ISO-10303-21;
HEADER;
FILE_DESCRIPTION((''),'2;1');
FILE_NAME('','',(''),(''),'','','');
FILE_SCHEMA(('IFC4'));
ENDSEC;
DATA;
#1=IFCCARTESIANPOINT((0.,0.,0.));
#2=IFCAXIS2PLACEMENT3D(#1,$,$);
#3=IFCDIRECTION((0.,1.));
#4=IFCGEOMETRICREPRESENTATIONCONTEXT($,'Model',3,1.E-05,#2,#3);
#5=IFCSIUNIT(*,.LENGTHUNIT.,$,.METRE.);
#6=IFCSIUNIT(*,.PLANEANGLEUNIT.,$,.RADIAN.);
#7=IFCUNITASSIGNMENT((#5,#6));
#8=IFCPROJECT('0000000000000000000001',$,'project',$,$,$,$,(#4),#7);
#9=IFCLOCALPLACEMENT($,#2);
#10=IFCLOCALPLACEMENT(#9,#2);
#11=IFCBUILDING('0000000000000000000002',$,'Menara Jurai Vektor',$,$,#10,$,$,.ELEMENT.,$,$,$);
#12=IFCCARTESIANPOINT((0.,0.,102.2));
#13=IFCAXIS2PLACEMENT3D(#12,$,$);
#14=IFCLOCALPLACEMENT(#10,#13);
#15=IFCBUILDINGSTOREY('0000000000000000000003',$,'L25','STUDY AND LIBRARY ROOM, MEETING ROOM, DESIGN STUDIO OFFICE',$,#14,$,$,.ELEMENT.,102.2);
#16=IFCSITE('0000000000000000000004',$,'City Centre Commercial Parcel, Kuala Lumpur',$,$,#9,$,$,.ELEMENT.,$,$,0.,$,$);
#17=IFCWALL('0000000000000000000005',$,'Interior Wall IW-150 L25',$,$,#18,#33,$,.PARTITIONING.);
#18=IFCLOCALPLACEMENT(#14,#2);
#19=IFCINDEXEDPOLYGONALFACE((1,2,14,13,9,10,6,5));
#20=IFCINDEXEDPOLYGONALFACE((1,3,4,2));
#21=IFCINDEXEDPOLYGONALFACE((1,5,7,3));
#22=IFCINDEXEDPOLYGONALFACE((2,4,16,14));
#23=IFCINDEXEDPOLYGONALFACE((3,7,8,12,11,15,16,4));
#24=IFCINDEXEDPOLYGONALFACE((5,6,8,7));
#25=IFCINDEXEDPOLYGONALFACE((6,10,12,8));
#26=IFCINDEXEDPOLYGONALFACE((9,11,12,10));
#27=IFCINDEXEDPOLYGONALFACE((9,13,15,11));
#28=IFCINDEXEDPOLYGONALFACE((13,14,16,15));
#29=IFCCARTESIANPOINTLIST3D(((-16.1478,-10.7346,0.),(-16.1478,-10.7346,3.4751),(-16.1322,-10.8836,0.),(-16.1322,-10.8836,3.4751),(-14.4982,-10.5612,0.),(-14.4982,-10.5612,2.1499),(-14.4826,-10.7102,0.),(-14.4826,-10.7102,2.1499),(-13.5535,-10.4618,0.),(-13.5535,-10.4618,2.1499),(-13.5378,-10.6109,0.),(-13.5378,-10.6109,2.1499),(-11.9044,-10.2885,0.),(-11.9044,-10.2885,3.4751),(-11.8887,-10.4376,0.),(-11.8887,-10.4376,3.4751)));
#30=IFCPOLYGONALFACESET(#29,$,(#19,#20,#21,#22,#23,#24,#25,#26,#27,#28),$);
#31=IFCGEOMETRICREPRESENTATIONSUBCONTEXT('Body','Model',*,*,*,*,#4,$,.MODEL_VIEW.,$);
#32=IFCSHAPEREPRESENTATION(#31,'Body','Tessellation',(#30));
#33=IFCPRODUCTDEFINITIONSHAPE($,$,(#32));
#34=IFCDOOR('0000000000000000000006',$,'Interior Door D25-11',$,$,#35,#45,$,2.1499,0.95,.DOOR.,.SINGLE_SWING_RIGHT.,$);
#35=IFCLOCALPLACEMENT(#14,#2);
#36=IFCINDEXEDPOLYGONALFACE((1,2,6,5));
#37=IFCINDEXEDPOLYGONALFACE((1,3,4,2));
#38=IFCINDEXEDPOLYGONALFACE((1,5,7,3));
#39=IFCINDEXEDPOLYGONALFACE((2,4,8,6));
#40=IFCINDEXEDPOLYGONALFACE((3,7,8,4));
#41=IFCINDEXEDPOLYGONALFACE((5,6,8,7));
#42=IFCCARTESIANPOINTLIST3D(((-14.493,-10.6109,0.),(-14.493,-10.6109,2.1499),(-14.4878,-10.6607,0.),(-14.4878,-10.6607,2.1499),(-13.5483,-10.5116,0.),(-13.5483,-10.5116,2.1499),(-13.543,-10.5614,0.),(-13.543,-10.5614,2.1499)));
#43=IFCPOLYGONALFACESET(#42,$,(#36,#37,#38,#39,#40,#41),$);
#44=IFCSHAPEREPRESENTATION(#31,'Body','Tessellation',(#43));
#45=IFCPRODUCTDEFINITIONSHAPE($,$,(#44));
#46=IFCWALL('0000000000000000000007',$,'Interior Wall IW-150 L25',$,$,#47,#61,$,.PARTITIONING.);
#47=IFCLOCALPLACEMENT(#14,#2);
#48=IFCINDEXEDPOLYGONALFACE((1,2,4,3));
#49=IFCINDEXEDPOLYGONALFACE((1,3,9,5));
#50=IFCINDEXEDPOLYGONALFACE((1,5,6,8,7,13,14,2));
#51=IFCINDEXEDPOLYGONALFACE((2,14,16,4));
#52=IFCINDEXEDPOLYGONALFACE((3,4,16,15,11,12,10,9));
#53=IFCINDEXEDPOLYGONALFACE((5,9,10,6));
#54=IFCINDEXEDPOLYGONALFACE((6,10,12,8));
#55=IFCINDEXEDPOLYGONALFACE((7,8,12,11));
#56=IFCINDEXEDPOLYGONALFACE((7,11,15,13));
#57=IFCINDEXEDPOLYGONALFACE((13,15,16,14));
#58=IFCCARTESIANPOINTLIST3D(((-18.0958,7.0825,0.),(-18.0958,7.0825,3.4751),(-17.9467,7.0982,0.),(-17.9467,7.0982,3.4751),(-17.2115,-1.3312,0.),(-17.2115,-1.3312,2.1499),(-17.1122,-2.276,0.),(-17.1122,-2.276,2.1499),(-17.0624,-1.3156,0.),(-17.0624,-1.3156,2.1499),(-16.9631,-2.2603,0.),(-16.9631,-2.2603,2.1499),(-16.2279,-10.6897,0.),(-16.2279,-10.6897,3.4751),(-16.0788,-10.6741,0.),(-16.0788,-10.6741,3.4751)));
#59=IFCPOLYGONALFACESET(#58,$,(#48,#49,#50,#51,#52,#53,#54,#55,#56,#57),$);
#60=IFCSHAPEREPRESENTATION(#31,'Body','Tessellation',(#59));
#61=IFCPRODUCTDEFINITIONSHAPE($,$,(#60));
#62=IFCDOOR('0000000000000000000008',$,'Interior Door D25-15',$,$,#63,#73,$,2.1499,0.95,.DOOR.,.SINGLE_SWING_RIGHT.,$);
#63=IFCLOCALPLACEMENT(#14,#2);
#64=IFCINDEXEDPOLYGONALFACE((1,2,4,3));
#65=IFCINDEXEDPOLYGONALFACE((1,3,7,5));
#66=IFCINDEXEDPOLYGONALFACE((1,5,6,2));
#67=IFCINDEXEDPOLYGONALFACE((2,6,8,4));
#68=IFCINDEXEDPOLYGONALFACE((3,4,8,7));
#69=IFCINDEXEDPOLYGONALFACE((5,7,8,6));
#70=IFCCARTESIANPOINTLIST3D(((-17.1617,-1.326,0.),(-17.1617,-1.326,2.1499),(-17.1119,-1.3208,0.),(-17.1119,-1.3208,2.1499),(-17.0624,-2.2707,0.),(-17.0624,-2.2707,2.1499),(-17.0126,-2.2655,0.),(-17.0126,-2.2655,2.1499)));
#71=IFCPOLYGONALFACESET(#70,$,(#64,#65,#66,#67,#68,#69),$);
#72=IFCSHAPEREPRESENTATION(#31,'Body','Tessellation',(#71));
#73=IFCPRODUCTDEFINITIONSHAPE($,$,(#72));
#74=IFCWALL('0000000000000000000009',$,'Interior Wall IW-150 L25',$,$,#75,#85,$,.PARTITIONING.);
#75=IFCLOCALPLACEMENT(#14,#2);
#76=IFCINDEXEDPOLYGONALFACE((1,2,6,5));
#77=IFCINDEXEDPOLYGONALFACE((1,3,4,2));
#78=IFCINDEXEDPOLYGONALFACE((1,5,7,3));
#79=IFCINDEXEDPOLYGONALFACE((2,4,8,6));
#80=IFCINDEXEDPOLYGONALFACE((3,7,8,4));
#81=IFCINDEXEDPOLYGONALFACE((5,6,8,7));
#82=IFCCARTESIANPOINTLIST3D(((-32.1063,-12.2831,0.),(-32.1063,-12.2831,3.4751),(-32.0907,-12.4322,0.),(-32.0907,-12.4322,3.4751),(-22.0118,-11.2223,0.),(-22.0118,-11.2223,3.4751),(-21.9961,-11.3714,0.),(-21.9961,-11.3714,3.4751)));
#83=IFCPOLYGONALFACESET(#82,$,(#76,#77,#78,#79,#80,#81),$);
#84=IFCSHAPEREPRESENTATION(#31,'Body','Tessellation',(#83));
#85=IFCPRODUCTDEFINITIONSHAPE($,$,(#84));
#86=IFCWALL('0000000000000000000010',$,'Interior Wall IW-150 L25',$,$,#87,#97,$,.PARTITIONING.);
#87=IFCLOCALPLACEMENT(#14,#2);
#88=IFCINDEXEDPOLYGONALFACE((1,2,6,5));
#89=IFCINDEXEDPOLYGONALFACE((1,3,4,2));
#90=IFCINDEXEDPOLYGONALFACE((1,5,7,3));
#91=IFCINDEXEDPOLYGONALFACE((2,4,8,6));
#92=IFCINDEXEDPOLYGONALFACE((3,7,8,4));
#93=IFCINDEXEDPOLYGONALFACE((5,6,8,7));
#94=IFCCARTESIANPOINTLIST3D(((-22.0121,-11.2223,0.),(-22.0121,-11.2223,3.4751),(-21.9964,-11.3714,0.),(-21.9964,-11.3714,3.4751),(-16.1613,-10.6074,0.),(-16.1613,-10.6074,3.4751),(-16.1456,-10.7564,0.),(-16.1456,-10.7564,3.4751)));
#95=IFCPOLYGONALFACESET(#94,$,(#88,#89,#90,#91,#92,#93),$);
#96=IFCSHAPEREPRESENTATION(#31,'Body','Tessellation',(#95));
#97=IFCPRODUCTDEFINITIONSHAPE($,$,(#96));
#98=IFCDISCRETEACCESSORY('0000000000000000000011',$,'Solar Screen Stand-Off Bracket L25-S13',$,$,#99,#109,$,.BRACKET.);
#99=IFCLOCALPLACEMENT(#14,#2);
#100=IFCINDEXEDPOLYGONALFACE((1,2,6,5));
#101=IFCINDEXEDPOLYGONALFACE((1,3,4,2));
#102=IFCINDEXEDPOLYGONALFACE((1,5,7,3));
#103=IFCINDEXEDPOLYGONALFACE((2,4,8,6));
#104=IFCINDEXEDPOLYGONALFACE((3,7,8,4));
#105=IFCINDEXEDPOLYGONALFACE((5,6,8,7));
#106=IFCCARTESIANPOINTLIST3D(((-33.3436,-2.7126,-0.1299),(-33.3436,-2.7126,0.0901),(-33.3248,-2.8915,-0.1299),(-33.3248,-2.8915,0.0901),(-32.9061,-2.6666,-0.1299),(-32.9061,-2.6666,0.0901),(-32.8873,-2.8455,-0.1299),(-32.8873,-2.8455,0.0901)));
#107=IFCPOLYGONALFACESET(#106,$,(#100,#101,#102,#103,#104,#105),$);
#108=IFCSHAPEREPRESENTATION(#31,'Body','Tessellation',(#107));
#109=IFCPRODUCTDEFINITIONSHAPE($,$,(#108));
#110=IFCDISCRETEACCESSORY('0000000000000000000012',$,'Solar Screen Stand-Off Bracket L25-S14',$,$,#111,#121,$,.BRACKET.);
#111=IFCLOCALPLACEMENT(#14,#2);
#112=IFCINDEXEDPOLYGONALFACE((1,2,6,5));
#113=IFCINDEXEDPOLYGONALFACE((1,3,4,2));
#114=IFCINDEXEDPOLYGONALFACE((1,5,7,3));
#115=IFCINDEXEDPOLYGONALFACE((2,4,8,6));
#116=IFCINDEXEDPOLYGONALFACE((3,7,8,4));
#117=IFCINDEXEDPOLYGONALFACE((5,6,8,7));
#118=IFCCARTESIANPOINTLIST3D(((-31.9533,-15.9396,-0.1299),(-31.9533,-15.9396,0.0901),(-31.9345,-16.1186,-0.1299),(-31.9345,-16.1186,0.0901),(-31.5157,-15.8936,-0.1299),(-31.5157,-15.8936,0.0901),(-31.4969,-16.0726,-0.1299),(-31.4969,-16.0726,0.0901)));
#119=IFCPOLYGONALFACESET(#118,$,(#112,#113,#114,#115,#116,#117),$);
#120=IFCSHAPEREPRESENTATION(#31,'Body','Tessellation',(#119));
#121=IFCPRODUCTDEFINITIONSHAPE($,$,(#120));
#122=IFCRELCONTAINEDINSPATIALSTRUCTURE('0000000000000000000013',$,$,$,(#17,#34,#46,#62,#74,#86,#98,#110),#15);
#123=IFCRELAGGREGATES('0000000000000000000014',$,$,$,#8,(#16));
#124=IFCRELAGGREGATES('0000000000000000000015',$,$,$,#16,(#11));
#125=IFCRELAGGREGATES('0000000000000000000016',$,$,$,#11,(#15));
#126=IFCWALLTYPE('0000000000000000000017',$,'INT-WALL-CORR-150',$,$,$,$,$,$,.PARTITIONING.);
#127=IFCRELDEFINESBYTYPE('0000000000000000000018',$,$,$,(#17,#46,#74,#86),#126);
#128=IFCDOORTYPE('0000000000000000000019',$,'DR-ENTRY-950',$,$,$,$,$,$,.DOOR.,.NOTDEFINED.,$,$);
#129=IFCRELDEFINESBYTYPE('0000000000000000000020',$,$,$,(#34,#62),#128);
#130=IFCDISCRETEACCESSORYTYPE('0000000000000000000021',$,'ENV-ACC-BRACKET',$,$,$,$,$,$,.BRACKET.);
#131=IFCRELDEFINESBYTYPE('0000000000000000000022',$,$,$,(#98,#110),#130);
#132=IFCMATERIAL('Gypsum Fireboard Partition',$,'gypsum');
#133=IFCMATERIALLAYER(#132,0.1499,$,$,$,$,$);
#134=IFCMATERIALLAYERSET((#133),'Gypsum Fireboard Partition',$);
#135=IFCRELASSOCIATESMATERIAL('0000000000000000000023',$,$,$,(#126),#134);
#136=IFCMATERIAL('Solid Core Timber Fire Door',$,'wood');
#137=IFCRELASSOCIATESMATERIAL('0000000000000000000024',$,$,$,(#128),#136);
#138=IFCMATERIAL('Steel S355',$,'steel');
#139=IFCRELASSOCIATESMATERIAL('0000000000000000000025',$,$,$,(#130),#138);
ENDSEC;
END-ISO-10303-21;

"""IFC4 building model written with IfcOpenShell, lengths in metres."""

from ifc_helpers import new_model, si_unit, direction, frame, frame_2d, origin, origin_2d, place, context, subcontext, project, spatial, rectangle, extrude, material, layer, layer_set, type_object, element, fill, save


model = new_model("IFC4")

# Units and contexts
model_context = context("Model", 3, precision=1e-05, world=origin(), true_north=direction((0.0, 1.0)))
body_context = subcontext(model_context, "Body", "Model", "MODEL_VIEW")
ifc_project = project(units=[si_unit("LENGTHUNIT", "METRE"), si_unit("PLANEANGLEUNIT", "RADIAN")], contexts=[model_context])

# Site, building, storey
site_placement = place(None, origin())
site = spatial("IfcSite", under=ifc_project, at=site_placement, Name="City Centre Commercial Parcel, Kuala Lumpur", CompositionType="ELEMENT", RefElevation=0.0)
building_placement = place(site_placement, origin())
building = spatial("IfcBuilding", under=site, at=building_placement, Name="Menara Jurai Vektor", CompositionType="ELEMENT")
storey_placement = place(building_placement, frame((0.0, 0.0, 102.2)))
storey = spatial("IfcBuildingStorey", under=building, at=storey_placement, Name="L25", Description="STUDY AND LIBRARY ROOM, MEETING ROOM, DESIGN STUDIO OFFICE", CompositionType="ELEMENT", Elevation=102.2)

# Shared definitions
ifc_material_1 = material(Name="Steel S355", Category="steel")

# Walls, openings, doors
ifc_material_2 = material(Name="Gypsum Fireboard Partition", Category="gypsum")
ifc_layer_1 = layer(ifc_material_2, 0.1499)
ifc_layer_set_1 = layer_set([ifc_layer_1], Name="Gypsum Fireboard Partition")
wall_type = type_object("IfcWallType", Name="INT-WALL-CORR-150", PredefinedType="PARTITIONING", material=ifc_layer_set_1)
wall_1_placement = place(storey_placement, frame((-16.1399, -10.8091, 0.0), z_axis=(0.0, 0.0, 1.0), x_axis=(0.994521, 0.104539, 0.0)))
wall_1 = element("IfcWall", 1, at=wall_1_placement, inside=storey, type_object=wall_type, Name="Interior Wall IW-150 L25", PredefinedType="PARTITIONING", context=body_context, shape_type="SweptSolid", body=[
    extrude(rectangle(XDim=4.2668, YDim=0.1499, at=frame_2d((2.1333, 0.0))), origin(), (0.0, 0.0, 1.0), 3.4751),
])
opening_1_placement = place(wall_1_placement, frame((1.6584, 0.0, 0.0)))
opening_1 = element("IfcOpeningElement", 2, at=opening_1_placement, cuts=wall_1, PredefinedType="OPENING", context=body_context, shape_type="SweptSolid", body=[
    extrude(rectangle(XDim=0.95, YDim=2.1499, at=frame_2d((0.4751, 1.075))), frame((0.0, 0.085, 0.0), z_axis=(0.0, -1.0, 0.0), x_axis=(1.0, 0.0, 0.0)), (0.0, 0.0, 1.0), 0.1699),
])
ifc_material_3 = material(Name="Solid Core Timber Fire Door", Category="wood")
door_type = type_object("IfcDoorType", Name="DR-ENTRY-950", OperationType="NOTDEFINED", PredefinedType="DOOR", material=ifc_material_3)
door_1_placement = place(opening_1_placement, origin())
door_1 = element("IfcDoor", 3, at=door_1_placement, inside=storey, type_object=door_type, Name="Interior Door D25-11", OperationType="SINGLE_SWING_RIGHT", OverallHeight=2.1499, OverallWidth=0.95, PredefinedType="DOOR", context=body_context, shape_type="SweptSolid", body=[
    extrude(rectangle(XDim=0.95, YDim=2.1499, at=frame_2d((0.4751, 1.075))), frame((0.0, 0.0249, 0.0), z_axis=(0.0, -1.0, 0.0), x_axis=(1.0, 0.0, 0.0)), (0.0, 0.0, 1.0), 0.05),
])
fill(opening_1, door_1)
wall_2_placement = place(storey_placement, frame((-16.1533, -10.6819, 0.0), z_axis=(0.0, 0.0, 1.0), x_axis=(-0.104528, 0.994522, 0.0)))
wall_2 = element("IfcWall", 4, at=wall_2_placement, inside=storey, type_object=wall_type, Name="Interior Wall IW-150 L25", PredefinedType="PARTITIONING", context=body_context, shape_type="SweptSolid", body=[
    extrude(rectangle(XDim=17.8701, YDim=0.1499, at=frame_2d((8.9351, 0.0))), origin(), (0.0, 0.0, 1.0), 3.4751),
])
opening_2_placement = place(wall_2_placement, frame((8.46, 0.0, 0.0)))
opening_2 = element("IfcOpeningElement", 5, at=opening_2_placement, cuts=wall_2, PredefinedType="OPENING", context=body_context, shape_type="SweptSolid", body=[
    extrude(rectangle(XDim=0.95, YDim=2.1499, at=frame_2d((0.4751, 1.075))), frame((0.0, 0.085, 0.0), z_axis=(0.0, -1.0, 0.0), x_axis=(1.0, 0.0, 0.0)), (0.0, 0.0, 1.0), 0.1699),
])
door_2_placement = place(opening_2_placement, origin())
door_2 = element("IfcDoor", 6, at=door_2_placement, inside=storey, type_object=door_type, Name="Interior Door D25-15", OperationType="SINGLE_SWING_RIGHT", OverallHeight=2.1499, OverallWidth=0.95, PredefinedType="DOOR", context=body_context, shape_type="SweptSolid", body=[
    extrude(rectangle(XDim=0.95, YDim=2.1499, at=frame_2d((0.4751, 1.075))), frame((0.0, 0.0249, 0.0), z_axis=(0.0, -1.0, 0.0), x_axis=(1.0, 0.0, 0.0)), (0.0, 0.0, 1.0), 0.05),
])
fill(opening_2, door_2)

# Walls
wall_3_placement = place(storey_placement, frame((-32.0986, -12.3577, 0.0), z_axis=(0.0, 0.0, 1.0), x_axis=(0.994524, 0.104511, 0.0)))
element("IfcWall", 7, at=wall_3_placement, inside=storey, type_object=wall_type, Name="Interior Wall IW-150 L25", PredefinedType="PARTITIONING", context=body_context, shape_type="SweptSolid", body=[
    extrude(rectangle(XDim=10.1501, YDim=0.1499, at=frame_2d((5.0752, 0.0))), origin(), (0.0, 0.0, 1.0), 3.4751),
])
wall_4_placement = place(storey_placement, frame((-22.0042, -11.2969, 0.0), z_axis=(0.0, 0.0, 1.0), x_axis=(0.994521, 0.104536, 0.0)))
element("IfcWall", 8, at=wall_4_placement, inside=storey, type_object=wall_type, Name="Interior Wall IW-150 L25", PredefinedType="PARTITIONING", context=body_context, shape_type="SweptSolid", body=[
    extrude(rectangle(XDim=5.8831, YDim=0.1499, at=frame_2d((2.9414, 0.0))), origin(), (0.0, 0.0, 1.0), 3.4751),
])

# Discrete accessories
discrete_accessory_type = type_object("IfcDiscreteAccessoryType", Name="ENV-ACC-BRACKET", PredefinedType="BRACKET", material=ifc_material_1)
for number, where, z_axis, x_axis, name in (
    (9, (-33.1155, -2.7791, -0.1299), (0.0, 0.0, 1.0), (0.104528, -0.994522, 0.0), "Solar Screen Stand-Off Bracket L25-S13"),
    (10, (-31.7251, -16.0061, -0.1299), (0.0, 0.0, 1.0), (0.104528, -0.994522, 0.0), "Solar Screen Stand-Off Bracket L25-S14"),
):
    element("IfcDiscreteAccessory", number, at=place(storey_placement, frame(where, z_axis=z_axis, x_axis=x_axis)), inside=storey, type_object=discrete_accessory_type, Name=name, PredefinedType="BRACKET", context=body_context, shape_type="SweptSolid", body=[
        extrude(rectangle(XDim=0.1799, YDim=0.4399, at=origin_2d()), origin(), (0.0, 0.0, 1.0), 0.22),
    ])

save(model, "model.ifc")
